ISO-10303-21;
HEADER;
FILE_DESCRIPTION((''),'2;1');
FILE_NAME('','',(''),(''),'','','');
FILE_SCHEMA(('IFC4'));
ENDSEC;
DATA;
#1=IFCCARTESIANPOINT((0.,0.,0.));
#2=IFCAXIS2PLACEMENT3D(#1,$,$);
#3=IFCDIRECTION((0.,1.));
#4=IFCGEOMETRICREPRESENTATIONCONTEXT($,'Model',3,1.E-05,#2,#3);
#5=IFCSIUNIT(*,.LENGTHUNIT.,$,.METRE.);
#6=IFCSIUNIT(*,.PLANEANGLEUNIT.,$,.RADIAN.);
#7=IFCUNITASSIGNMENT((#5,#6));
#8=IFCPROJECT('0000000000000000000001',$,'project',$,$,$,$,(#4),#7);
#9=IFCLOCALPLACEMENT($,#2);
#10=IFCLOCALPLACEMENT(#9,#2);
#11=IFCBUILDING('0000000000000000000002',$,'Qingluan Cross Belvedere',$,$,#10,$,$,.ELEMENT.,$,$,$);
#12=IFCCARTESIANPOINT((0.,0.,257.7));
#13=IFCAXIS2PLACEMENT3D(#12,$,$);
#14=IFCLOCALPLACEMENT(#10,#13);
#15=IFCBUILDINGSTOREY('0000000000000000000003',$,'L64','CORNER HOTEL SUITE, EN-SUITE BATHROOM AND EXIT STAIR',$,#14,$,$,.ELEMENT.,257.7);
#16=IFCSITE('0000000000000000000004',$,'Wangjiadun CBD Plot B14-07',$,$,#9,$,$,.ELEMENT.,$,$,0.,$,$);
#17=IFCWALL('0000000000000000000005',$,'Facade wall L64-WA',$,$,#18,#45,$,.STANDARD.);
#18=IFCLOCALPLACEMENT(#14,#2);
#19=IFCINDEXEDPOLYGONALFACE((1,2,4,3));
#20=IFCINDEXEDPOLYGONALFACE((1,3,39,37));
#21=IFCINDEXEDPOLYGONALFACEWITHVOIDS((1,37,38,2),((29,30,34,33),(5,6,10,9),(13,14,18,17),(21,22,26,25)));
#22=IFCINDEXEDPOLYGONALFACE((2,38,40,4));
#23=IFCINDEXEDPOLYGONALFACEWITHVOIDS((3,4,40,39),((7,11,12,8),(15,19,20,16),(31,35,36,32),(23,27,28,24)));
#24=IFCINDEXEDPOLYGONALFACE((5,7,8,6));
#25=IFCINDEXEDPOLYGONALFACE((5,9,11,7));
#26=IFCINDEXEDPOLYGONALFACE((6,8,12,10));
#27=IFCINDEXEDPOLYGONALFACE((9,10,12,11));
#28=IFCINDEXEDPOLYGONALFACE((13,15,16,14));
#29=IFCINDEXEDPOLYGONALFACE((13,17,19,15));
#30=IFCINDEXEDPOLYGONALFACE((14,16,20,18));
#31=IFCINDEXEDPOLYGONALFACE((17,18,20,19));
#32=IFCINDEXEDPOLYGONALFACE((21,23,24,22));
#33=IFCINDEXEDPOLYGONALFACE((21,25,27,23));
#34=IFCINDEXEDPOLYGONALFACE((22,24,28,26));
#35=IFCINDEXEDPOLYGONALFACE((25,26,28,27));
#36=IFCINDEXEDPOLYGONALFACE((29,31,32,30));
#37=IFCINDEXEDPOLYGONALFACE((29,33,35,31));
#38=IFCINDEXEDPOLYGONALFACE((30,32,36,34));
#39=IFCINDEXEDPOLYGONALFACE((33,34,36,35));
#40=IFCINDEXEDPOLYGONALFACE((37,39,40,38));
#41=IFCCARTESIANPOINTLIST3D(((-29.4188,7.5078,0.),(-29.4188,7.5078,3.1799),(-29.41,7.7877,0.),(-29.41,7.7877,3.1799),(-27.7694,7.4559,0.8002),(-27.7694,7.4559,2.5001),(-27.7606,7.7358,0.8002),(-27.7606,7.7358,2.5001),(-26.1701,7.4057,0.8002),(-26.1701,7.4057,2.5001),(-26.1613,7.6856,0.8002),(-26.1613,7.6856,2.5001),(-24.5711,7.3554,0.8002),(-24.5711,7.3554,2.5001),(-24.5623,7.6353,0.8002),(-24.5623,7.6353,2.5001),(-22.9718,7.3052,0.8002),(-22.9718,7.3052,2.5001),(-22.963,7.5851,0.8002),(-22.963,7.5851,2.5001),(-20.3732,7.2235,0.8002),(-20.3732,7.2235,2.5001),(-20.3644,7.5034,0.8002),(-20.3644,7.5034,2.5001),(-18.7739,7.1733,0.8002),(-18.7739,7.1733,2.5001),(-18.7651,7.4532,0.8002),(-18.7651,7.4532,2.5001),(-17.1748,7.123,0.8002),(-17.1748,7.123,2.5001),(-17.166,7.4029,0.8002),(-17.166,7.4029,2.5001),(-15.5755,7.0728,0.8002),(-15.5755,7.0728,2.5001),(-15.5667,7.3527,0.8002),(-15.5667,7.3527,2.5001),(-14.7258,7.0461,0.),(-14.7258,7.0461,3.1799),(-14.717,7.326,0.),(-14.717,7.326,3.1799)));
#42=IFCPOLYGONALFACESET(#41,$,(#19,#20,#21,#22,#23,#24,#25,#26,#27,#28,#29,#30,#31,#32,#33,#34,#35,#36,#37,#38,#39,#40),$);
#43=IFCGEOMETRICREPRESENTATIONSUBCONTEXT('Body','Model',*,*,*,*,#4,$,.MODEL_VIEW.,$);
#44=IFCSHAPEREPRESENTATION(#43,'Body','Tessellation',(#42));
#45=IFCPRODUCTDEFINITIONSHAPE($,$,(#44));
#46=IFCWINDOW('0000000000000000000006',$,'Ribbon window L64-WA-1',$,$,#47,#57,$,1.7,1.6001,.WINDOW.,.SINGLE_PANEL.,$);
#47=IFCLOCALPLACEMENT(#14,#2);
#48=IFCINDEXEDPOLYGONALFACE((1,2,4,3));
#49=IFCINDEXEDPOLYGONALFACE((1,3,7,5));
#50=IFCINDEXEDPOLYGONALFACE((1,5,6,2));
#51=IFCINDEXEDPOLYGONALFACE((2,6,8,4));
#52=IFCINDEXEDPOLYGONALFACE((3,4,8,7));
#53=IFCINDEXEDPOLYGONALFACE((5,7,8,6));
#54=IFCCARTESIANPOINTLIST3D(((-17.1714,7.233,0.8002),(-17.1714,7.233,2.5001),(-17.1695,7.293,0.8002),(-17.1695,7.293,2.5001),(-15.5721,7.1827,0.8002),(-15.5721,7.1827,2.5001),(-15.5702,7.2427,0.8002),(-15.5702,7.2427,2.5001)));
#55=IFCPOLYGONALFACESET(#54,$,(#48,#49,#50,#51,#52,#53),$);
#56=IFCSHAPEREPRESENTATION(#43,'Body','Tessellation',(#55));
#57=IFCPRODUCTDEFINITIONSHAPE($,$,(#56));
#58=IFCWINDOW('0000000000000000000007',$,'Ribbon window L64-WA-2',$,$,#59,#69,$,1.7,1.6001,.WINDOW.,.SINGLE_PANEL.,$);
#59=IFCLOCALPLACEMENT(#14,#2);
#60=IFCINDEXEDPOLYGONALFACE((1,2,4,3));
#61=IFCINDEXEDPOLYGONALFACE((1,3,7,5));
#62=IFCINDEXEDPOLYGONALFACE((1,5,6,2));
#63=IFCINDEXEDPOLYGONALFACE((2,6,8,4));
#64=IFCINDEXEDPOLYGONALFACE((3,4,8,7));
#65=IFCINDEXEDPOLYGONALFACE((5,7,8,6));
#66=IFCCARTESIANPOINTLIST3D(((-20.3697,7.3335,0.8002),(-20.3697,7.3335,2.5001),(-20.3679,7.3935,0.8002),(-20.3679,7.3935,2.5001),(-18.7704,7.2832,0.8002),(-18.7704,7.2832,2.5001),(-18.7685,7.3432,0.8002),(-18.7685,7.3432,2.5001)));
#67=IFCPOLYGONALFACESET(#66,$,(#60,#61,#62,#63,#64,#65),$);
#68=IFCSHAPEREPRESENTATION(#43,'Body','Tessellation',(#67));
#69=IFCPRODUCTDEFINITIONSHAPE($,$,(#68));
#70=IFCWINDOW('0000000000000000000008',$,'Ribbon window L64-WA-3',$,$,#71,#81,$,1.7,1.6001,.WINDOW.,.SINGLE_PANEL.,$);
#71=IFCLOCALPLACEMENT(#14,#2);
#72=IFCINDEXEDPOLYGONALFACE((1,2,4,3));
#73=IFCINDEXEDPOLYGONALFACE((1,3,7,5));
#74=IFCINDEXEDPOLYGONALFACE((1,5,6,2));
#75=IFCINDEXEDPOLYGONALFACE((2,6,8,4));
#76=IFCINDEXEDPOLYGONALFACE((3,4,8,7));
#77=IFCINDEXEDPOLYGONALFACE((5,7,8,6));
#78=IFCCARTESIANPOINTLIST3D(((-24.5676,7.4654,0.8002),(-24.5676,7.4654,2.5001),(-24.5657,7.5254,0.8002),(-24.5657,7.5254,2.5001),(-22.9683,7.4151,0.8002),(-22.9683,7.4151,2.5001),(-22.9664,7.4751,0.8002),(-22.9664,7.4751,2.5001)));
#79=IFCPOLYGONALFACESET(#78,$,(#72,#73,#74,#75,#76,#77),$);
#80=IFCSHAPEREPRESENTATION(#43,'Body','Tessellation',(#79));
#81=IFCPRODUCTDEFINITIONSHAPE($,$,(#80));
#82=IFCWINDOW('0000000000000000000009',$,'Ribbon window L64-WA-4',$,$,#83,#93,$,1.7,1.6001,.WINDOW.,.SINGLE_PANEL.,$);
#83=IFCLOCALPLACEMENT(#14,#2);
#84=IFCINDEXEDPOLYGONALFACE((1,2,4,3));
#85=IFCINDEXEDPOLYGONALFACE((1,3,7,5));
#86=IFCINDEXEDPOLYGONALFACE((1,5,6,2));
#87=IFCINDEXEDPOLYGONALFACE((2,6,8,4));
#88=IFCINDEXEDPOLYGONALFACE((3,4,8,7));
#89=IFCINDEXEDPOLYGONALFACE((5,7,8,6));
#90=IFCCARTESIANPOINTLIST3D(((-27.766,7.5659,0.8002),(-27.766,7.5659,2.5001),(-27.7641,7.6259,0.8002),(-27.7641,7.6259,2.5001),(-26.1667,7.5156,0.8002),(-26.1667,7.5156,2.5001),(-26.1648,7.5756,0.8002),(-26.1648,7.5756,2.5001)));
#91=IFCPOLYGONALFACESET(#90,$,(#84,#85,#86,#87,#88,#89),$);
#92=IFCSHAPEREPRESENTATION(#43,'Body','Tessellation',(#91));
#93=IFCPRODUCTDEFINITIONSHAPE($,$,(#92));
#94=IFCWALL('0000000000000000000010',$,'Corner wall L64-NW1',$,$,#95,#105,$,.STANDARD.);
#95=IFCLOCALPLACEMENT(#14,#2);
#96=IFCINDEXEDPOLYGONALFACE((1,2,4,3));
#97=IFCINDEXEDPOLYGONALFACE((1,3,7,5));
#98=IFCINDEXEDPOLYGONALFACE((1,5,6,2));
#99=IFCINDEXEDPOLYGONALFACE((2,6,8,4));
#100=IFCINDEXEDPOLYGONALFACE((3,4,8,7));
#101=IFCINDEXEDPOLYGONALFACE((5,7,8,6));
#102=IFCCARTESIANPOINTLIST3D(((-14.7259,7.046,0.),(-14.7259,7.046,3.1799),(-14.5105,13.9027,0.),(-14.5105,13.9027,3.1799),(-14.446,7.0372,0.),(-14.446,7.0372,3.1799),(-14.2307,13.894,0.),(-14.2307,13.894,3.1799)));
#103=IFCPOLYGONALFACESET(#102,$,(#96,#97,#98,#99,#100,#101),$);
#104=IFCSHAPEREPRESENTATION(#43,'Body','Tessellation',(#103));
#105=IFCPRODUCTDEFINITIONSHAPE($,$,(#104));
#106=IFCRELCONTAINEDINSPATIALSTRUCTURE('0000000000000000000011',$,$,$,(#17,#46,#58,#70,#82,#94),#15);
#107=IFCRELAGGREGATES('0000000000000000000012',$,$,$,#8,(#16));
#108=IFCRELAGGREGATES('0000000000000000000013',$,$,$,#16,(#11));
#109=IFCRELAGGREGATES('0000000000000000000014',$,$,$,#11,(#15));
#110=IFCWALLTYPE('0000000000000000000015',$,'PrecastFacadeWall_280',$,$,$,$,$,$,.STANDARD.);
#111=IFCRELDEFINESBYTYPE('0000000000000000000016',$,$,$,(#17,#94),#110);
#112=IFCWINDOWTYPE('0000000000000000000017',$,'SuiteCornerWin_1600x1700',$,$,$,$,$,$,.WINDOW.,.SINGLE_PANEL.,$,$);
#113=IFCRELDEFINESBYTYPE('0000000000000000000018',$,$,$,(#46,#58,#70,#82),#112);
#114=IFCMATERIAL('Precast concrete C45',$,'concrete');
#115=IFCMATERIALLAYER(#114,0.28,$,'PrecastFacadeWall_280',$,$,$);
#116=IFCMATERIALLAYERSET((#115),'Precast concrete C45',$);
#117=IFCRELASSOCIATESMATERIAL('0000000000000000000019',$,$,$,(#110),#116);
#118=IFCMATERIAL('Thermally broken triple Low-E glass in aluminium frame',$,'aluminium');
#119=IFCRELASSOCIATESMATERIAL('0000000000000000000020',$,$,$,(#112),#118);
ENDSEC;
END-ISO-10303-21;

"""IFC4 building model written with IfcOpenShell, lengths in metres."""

from ifc_helpers import new_model, si_unit, direction, frame, frame_2d, origin, place, context, subcontext, project, spatial, rectangle, extrude, material, layer, layer_set, type_object, element, fill, save


model = new_model("IFC4")

# Units and contexts
model_context = context("Model", 3, precision=1e-05, world=origin(), true_north=direction((0.0, 1.0)))
body_context = subcontext(model_context, "Body", "Model", "MODEL_VIEW")
ifc_project = project(units=[si_unit("LENGTHUNIT", "METRE"), si_unit("PLANEANGLEUNIT", "RADIAN")], contexts=[model_context])

# Site, building, storey
site_placement = place(None, origin())
site = spatial("IfcSite", under=ifc_project, at=site_placement, Name="Wangjiadun CBD Plot B14-07", CompositionType="ELEMENT", RefElevation=0.0)
building_placement = place(site_placement, origin())
building = spatial("IfcBuilding", under=site, at=building_placement, Name="Qingluan Cross Belvedere", CompositionType="ELEMENT")
storey_placement = place(building_placement, frame((0.0, 0.0, 257.7)))
storey = spatial("IfcBuildingStorey", under=building, at=storey_placement, Name="L64", Description="CORNER HOTEL SUITE, EN-SUITE BATHROOM AND EXIT STAIR", CompositionType="ELEMENT", Elevation=257.7)

# Wall, openings, windows
ifc_material_1 = material(Name="Precast concrete C45", Category="concrete")
ifc_layer_1 = layer(ifc_material_1, 0.28, Name="PrecastFacadeWall_280")
ifc_layer_set_1 = layer_set([ifc_layer_1], Name="Precast concrete C45")
wall_type_1 = type_object("IfcWallType", Name="PrecastFacadeWall_280", PredefinedType="STANDARD", material=ifc_layer_set_1)
wall_1_placement = place(storey_placement, frame((-14.7214, 7.186, 0.0), z_axis=(0.0, 0.0, 1.0), x_axis=(-0.999507, 0.031406, 0.0)))
wall_1 = element("IfcWall", 1, at=wall_1_placement, inside=storey, type_object=wall_type_1, Name="Facade wall L64-WA", PredefinedType="STANDARD", context=body_context, shape_type="SweptSolid", body=[
    extrude(rectangle(XDim=14.7002, YDim=0.28, at=frame_2d((7.3501, 0.0))), origin(), (0.0, 0.0, 1.0), 3.1799),
])
opening_1_placement = place(wall_1_placement, frame((0.8501, 0.0, 0.8)))
opening_1 = element("IfcOpeningElement", 2, at=opening_1_placement, cuts=wall_1, PredefinedType="OPENING", context=body_context, shape_type="SweptSolid", body=[
    extrude(rectangle(XDim=1.6001, YDim=1.7, at=frame_2d((0.8, 0.8501))), frame((0.0, 0.1499, 0.0), z_axis=(0.0, -1.0, 0.0), x_axis=(1.0, 0.0, 0.0)), (0.0, 0.0, 1.0), 0.3),
])
opening_2_placement = place(wall_1_placement, frame((4.05, 0.0, 0.8)))
opening_2 = element("IfcOpeningElement", 3, at=opening_2_placement, cuts=wall_1, PredefinedType="OPENING", context=body_context, shape_type="SweptSolid", body=[
    extrude(rectangle(XDim=1.6001, YDim=1.7, at=frame_2d((0.8, 0.8501))), frame((0.0, 0.1499, 0.0), z_axis=(0.0, -1.0, 0.0), x_axis=(1.0, 0.0, 0.0)), (0.0, 0.0, 1.0), 0.3),
])
opening_3_placement = place(wall_1_placement, frame((8.25, 0.0, 0.8)))
opening_3 = element("IfcOpeningElement", 4, at=opening_3_placement, cuts=wall_1, PredefinedType="OPENING", context=body_context, shape_type="SweptSolid", body=[
    extrude(rectangle(XDim=1.6001, YDim=1.7, at=frame_2d((0.8, 0.8501))), frame((0.0, 0.1499, 0.0), z_axis=(0.0, -1.0, 0.0), x_axis=(1.0, 0.0, 0.0)), (0.0, 0.0, 1.0), 0.3),
])
opening_4_placement = place(wall_1_placement, frame((11.45, 0.0, 0.8)))
opening_4 = element("IfcOpeningElement", 5, at=opening_4_placement, cuts=wall_1, PredefinedType="OPENING", context=body_context, shape_type="SweptSolid", body=[
    extrude(rectangle(XDim=1.6001, YDim=1.7, at=frame_2d((0.8, 0.8501))), frame((0.0, 0.1499, 0.0), z_axis=(0.0, -1.0, 0.0), x_axis=(1.0, 0.0, 0.0)), (0.0, 0.0, 1.0), 0.3),
])
ifc_material_2 = material(Name="Thermally broken triple Low-E glass in aluminium frame", Category="aluminium")
window_type = type_object("IfcWindowType", Name="SuiteCornerWin_1600x1700", PartitioningType="SINGLE_PANEL", PredefinedType="WINDOW", material=ifc_material_2)
window_1_placement = place(opening_1_placement, origin())
window_1 = element("IfcWindow", 6, at=window_1_placement, inside=storey, type_object=window_type, Name="Ribbon window L64-WA-1", OverallHeight=1.7, OverallWidth=1.6001, PartitioningType="SINGLE_PANEL", PredefinedType="WINDOW", context=body_context, shape_type="SweptSolid", body=[
    extrude(rectangle(XDim=1.6001, YDim=1.7, at=frame_2d((0.8, 0.8501))), frame((0.0, 0.03, 0.0), z_axis=(0.0, -1.0, 0.0), x_axis=(1.0, 0.0, 0.0)), (0.0, 0.0, 1.0), 0.0601),
])
fill(opening_1, window_1)
window_2_placement = place(opening_2_placement, origin())
window_2 = element("IfcWindow", 7, at=window_2_placement, inside=storey, type_object=window_type, Name="Ribbon window L64-WA-2", OverallHeight=1.7, OverallWidth=1.6001, PartitioningType="SINGLE_PANEL", PredefinedType="WINDOW", context=body_context, shape_type="SweptSolid", body=[
    extrude(rectangle(XDim=1.6001, YDim=1.7, at=frame_2d((0.8, 0.8501))), frame((0.0, 0.03, 0.0), z_axis=(0.0, -1.0, 0.0), x_axis=(1.0, 0.0, 0.0)), (0.0, 0.0, 1.0), 0.0601),
])
fill(opening_2, window_2)
window_3_placement = place(opening_3_placement, origin())
window_3 = element("IfcWindow", 8, at=window_3_placement, inside=storey, type_object=window_type, Name="Ribbon window L64-WA-3", OverallHeight=1.7, OverallWidth=1.6001, PartitioningType="SINGLE_PANEL", PredefinedType="WINDOW", context=body_context, shape_type="SweptSolid", body=[
    extrude(rectangle(XDim=1.6001, YDim=1.7, at=frame_2d((0.8, 0.8501))), frame((0.0, 0.03, 0.0), z_axis=(0.0, -1.0, 0.0), x_axis=(1.0, 0.0, 0.0)), (0.0, 0.0, 1.0), 0.0601),
])
fill(opening_3, window_3)
window_4_placement = place(opening_4_placement, origin())
window_4 = element("IfcWindow", 9, at=window_4_placement, inside=storey, type_object=window_type, Name="Ribbon window L64-WA-4", OverallHeight=1.7, OverallWidth=1.6001, PartitioningType="SINGLE_PANEL", PredefinedType="WINDOW", context=body_context, shape_type="SweptSolid", body=[
    extrude(rectangle(XDim=1.6001, YDim=1.7, at=frame_2d((0.8, 0.8501))), frame((0.0, 0.03, 0.0), z_axis=(0.0, -1.0, 0.0), x_axis=(1.0, 0.0, 0.0)), (0.0, 0.0, 1.0), 0.0601),
])
fill(opening_4, window_4)

# Wall
wall_2_placement = place(storey_placement, frame((-14.5859, 7.0415, 0.0), z_axis=(0.0, 0.0, 1.0), x_axis=(0.031389, 0.999507, 0.0)))
element("IfcWall", 10, at=wall_2_placement, inside=storey, type_object=wall_type_1, Name="Corner wall L64-NW1", PredefinedType="STANDARD", context=body_context, shape_type="SweptSolid", body=[
    extrude(rectangle(XDim=6.8601, YDim=0.28, at=frame_2d((3.4302, 0.0))), origin(), (0.0, 0.0, 1.0), 3.1799),
])

save(model, "model.ifc")
